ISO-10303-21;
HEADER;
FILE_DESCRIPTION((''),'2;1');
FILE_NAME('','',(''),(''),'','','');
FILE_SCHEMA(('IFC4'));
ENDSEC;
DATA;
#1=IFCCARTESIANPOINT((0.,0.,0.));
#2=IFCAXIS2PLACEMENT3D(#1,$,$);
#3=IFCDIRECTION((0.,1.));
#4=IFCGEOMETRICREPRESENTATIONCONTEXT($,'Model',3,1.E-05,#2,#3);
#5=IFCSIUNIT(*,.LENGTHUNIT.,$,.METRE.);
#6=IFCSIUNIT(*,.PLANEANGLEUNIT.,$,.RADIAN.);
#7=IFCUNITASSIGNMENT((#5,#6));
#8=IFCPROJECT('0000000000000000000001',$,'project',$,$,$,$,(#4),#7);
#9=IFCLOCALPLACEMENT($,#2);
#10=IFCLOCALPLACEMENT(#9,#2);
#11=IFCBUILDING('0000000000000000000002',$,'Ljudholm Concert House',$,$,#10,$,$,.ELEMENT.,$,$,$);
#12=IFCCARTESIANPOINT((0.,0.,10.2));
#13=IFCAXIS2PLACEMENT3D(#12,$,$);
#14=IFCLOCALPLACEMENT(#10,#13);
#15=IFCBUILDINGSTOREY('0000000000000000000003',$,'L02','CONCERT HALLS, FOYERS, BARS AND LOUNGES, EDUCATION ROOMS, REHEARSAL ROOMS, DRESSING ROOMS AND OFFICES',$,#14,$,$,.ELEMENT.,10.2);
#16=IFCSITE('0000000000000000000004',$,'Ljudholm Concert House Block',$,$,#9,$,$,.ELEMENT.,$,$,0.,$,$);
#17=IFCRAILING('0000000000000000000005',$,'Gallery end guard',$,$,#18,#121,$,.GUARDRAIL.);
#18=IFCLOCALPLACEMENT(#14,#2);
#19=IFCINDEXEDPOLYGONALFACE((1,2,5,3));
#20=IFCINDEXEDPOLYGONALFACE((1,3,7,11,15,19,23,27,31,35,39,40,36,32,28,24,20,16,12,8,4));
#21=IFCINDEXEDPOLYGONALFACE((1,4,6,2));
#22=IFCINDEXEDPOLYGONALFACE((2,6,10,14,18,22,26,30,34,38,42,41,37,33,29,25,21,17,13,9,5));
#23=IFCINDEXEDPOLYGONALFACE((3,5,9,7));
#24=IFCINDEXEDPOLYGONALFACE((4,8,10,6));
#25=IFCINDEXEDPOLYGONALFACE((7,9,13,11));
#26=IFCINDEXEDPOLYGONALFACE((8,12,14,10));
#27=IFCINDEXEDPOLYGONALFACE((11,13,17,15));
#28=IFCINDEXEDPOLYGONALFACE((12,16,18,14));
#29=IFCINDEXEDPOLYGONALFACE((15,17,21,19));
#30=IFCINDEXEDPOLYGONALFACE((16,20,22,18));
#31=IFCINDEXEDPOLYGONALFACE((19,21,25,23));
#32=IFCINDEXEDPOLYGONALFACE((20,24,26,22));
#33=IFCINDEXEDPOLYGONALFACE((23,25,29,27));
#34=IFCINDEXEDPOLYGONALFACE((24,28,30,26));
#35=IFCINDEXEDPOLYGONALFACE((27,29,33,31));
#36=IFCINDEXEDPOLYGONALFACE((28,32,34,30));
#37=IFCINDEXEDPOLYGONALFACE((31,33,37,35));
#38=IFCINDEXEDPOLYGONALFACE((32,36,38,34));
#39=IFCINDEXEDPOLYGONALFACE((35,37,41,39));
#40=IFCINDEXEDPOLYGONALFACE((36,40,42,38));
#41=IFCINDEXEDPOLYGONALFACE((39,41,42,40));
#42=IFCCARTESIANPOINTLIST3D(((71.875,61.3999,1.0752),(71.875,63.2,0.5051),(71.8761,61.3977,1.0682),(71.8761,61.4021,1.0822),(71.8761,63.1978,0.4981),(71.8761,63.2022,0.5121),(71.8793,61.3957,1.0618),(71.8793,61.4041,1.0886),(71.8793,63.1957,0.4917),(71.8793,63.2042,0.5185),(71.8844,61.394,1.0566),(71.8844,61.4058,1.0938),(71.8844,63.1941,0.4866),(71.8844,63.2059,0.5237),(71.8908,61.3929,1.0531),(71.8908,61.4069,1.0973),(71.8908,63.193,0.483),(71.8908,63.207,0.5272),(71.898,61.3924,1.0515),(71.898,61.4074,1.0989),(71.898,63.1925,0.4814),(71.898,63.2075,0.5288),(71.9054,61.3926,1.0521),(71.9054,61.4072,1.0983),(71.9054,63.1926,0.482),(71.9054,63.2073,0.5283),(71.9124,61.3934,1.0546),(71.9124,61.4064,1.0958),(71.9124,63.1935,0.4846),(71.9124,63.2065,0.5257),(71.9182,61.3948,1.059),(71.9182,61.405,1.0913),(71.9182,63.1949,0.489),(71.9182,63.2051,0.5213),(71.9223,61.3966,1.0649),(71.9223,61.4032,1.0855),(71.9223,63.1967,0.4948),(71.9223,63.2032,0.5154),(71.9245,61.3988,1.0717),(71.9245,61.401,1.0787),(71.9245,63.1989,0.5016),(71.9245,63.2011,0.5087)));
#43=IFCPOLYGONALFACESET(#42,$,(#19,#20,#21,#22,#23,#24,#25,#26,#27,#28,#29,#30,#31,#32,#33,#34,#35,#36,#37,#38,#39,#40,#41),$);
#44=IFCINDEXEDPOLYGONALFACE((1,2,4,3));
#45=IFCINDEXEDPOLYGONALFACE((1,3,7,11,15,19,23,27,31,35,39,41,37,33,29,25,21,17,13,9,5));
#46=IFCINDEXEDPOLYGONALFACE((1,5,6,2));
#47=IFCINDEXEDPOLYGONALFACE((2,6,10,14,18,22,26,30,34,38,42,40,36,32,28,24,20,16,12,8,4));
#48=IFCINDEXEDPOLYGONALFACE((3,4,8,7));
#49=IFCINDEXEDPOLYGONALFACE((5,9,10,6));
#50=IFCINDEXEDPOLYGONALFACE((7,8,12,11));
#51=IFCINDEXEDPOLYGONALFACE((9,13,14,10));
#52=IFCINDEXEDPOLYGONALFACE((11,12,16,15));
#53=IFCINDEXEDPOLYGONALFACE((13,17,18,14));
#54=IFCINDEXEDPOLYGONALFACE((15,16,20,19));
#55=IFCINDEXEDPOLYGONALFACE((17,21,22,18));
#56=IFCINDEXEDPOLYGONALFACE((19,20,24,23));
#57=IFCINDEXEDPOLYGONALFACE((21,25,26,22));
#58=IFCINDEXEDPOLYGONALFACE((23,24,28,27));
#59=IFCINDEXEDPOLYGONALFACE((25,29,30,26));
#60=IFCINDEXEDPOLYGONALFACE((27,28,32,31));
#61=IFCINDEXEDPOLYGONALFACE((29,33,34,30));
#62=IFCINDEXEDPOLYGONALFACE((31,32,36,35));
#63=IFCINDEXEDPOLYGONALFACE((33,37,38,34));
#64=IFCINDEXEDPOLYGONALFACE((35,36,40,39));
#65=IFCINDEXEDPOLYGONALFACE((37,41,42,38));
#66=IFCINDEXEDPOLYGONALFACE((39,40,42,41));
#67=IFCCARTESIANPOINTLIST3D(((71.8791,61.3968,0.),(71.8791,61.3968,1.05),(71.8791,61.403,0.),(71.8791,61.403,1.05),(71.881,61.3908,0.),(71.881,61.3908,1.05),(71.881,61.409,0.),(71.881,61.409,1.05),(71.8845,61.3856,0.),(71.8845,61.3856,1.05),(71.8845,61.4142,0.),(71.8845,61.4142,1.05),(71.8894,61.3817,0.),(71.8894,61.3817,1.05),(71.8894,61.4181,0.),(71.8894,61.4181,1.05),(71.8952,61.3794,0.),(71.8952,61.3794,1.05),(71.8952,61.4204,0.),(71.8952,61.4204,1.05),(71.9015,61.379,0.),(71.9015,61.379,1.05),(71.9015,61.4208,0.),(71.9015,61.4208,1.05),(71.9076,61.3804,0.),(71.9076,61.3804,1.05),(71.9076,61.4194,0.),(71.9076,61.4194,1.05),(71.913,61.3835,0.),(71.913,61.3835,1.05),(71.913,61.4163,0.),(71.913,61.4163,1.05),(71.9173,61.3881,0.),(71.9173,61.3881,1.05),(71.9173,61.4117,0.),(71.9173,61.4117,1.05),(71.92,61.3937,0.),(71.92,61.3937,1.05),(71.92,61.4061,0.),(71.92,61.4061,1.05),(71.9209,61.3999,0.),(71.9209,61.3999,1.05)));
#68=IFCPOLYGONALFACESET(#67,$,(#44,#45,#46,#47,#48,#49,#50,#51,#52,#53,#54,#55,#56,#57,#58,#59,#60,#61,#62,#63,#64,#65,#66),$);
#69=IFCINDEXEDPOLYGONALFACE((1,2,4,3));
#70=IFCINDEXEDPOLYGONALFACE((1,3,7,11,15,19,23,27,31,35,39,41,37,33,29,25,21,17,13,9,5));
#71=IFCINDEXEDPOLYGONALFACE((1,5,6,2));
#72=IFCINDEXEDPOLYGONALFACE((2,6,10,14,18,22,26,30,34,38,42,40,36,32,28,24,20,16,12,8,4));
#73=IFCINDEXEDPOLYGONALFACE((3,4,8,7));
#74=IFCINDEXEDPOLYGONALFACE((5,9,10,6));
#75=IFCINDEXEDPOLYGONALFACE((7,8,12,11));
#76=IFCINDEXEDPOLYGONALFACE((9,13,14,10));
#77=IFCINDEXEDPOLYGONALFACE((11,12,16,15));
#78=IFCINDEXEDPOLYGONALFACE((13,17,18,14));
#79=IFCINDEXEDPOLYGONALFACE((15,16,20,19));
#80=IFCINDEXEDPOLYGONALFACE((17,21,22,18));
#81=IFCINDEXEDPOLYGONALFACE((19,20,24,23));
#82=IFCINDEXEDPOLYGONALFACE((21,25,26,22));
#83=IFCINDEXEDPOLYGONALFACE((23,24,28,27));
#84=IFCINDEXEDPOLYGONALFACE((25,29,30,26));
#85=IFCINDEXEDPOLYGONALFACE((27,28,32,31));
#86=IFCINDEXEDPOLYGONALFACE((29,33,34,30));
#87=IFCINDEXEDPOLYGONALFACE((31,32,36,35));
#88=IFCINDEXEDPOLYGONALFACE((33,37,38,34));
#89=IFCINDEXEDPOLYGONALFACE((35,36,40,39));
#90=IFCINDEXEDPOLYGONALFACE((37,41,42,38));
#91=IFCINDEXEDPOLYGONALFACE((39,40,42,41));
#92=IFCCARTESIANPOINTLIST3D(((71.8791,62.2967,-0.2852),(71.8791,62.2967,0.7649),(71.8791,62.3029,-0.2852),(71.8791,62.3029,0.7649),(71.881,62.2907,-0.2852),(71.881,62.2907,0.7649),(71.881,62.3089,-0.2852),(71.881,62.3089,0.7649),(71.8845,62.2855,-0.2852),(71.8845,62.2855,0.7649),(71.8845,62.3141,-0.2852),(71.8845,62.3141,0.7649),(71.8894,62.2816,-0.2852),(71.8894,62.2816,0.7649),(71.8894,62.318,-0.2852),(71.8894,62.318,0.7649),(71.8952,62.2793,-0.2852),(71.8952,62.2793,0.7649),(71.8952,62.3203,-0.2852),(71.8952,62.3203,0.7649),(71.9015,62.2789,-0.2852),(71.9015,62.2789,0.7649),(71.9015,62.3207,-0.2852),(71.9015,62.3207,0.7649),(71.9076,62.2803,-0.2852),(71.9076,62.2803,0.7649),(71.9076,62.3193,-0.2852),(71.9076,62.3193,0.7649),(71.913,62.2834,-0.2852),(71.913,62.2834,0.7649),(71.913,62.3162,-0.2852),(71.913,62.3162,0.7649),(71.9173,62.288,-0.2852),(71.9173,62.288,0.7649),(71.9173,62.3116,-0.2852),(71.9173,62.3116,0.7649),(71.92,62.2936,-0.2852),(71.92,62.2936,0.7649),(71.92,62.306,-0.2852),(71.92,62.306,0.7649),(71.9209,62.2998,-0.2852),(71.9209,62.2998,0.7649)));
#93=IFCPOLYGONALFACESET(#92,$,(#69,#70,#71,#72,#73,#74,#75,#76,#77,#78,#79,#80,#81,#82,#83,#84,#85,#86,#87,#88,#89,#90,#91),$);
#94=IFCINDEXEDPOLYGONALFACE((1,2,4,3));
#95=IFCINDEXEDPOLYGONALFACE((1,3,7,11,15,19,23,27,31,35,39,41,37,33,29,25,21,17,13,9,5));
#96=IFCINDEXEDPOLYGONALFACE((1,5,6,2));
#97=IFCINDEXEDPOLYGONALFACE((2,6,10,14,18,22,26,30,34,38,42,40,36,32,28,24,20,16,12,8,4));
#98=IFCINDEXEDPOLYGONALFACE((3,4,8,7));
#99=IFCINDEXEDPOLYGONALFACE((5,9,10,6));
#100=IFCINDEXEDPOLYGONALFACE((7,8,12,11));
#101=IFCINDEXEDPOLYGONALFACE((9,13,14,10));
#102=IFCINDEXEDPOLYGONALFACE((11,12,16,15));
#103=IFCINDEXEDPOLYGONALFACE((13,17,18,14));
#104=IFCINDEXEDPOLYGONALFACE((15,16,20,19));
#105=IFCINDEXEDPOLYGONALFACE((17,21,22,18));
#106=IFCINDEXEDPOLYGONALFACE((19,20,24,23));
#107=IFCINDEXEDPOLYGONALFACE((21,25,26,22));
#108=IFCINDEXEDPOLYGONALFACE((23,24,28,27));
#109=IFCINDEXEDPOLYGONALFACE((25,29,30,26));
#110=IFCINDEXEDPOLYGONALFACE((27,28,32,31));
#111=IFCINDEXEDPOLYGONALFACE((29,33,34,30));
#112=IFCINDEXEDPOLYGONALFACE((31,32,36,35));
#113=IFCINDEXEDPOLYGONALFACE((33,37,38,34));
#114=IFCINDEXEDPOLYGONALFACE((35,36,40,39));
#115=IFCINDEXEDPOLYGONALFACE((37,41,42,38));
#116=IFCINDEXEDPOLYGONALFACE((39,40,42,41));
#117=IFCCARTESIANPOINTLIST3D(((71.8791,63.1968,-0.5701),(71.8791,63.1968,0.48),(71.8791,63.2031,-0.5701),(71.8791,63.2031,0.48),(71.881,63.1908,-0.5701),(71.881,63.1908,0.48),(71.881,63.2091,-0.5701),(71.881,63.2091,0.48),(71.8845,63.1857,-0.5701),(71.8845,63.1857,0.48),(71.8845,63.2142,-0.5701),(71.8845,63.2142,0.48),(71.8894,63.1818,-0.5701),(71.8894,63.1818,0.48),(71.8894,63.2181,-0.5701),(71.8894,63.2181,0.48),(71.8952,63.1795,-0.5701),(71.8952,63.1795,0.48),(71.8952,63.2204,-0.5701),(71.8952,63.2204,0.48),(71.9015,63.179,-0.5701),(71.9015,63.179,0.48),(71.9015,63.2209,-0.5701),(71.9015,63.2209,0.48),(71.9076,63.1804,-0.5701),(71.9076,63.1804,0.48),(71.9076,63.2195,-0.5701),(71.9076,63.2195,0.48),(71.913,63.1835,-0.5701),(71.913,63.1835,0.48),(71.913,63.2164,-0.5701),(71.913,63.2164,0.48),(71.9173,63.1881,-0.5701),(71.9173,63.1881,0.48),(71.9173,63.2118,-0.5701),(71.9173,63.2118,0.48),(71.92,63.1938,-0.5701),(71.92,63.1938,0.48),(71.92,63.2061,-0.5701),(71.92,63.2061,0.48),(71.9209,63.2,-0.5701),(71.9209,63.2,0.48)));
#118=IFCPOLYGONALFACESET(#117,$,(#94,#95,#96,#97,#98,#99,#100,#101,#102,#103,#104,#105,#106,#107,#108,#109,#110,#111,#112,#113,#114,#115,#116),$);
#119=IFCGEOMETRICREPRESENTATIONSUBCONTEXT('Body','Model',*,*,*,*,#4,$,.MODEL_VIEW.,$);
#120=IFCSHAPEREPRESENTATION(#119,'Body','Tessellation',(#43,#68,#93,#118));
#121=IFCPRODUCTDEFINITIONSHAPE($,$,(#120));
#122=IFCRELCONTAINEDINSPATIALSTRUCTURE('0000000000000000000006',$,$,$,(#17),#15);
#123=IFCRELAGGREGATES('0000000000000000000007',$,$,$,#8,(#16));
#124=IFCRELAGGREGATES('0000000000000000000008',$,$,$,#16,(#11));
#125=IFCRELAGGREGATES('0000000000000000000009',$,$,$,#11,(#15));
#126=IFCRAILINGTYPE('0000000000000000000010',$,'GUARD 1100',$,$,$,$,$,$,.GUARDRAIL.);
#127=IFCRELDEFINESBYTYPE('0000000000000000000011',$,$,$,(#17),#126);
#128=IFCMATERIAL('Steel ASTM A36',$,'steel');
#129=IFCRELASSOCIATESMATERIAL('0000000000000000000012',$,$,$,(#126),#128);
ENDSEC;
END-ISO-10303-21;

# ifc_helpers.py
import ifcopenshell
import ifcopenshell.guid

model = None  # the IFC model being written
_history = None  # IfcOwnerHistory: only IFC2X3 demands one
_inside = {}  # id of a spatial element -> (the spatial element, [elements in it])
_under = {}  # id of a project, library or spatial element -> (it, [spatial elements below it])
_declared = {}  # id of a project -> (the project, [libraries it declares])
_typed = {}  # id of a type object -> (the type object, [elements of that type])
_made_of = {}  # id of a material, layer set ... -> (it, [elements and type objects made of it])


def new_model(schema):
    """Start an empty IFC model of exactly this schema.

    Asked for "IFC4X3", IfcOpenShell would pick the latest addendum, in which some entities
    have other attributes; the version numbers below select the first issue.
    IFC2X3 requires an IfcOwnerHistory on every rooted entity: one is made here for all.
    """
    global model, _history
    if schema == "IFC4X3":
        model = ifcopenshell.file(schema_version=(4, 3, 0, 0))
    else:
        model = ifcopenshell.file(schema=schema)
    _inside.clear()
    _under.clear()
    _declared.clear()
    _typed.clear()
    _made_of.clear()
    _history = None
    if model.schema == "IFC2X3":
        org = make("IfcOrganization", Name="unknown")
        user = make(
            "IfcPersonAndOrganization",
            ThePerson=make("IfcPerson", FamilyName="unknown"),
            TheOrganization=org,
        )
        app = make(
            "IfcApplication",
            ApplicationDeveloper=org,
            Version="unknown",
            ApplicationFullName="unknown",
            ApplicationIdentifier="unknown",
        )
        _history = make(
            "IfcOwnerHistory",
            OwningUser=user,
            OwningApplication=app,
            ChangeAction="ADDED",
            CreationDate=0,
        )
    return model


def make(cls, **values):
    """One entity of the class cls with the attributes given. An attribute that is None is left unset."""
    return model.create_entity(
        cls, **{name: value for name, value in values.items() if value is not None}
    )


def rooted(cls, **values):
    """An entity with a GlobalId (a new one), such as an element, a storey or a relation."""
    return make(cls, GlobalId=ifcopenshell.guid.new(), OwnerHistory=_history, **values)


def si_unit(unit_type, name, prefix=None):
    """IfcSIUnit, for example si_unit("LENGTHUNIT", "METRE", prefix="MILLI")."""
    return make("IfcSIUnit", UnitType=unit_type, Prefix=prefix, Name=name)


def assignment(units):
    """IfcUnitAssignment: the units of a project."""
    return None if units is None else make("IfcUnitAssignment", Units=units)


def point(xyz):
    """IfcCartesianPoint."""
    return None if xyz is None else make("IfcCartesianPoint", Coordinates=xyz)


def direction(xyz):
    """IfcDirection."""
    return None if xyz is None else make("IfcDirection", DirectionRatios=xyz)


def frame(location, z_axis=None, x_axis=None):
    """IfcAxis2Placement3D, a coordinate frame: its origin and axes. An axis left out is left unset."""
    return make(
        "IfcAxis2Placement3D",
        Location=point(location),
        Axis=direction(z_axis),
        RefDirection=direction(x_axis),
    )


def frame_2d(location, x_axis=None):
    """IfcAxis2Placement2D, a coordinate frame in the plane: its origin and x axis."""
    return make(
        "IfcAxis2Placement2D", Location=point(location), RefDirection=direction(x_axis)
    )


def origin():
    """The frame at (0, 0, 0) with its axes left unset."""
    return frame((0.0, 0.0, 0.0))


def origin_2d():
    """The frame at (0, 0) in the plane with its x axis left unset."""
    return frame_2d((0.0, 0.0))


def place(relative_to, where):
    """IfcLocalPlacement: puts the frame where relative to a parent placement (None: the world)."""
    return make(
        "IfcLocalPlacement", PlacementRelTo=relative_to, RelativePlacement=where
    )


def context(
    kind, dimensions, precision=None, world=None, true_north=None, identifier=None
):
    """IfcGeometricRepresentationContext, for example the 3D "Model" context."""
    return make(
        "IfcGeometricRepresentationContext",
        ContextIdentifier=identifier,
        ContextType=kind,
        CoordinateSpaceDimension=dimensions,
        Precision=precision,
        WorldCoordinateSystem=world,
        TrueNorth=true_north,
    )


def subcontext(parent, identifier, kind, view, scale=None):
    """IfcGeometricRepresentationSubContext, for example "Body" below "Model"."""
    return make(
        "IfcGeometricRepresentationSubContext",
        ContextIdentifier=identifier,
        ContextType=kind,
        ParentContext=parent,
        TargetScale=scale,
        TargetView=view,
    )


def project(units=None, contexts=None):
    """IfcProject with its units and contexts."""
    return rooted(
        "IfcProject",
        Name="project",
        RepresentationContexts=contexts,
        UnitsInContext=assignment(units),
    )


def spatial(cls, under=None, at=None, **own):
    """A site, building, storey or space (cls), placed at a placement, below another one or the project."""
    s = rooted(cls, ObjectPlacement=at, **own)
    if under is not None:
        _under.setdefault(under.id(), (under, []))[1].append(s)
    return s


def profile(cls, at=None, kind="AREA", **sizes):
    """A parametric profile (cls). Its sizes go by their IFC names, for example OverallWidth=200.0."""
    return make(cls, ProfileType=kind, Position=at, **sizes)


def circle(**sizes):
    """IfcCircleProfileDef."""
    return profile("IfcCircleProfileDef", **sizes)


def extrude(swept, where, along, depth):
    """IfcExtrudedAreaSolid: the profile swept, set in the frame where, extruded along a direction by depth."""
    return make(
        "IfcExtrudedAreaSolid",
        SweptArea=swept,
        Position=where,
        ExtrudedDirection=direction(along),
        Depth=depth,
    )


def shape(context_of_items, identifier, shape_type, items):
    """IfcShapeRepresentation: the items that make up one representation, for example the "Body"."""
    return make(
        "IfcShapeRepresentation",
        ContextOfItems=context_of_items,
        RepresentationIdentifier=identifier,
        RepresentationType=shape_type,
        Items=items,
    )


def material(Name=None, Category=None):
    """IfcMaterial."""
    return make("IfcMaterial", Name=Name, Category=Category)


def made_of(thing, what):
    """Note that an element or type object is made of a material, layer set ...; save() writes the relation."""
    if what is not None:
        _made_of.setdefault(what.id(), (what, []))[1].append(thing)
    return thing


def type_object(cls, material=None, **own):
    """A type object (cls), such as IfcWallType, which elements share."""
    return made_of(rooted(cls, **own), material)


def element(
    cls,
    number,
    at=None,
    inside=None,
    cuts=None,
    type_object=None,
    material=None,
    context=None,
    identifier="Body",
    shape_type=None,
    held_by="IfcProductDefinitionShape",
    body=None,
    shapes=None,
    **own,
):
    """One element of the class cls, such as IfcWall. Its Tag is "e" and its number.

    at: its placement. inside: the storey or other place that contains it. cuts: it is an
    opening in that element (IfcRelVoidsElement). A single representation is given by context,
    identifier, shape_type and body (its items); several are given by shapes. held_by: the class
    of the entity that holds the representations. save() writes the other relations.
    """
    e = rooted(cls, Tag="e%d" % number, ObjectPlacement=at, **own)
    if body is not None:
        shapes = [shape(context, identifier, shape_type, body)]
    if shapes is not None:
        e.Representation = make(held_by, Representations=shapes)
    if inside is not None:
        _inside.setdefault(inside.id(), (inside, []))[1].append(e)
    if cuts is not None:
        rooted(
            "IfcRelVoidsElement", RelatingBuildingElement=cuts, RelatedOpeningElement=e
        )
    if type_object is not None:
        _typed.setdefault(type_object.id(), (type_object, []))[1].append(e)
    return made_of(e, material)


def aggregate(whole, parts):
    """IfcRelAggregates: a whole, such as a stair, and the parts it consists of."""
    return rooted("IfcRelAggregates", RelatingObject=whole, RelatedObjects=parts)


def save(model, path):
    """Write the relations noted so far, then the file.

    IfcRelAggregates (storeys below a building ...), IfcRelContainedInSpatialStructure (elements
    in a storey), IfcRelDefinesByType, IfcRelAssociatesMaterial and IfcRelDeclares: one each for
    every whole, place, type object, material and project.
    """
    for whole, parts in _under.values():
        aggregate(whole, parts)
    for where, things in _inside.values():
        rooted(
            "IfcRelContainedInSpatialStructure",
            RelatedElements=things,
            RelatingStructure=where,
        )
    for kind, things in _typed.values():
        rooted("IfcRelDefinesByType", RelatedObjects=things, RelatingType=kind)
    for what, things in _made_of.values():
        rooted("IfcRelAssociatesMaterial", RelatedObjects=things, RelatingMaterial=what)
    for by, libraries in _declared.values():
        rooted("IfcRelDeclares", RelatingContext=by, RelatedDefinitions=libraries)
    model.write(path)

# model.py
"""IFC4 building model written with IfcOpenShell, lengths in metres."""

from ifc_helpers import new_model, si_unit, direction, frame, origin, origin_2d, place, context, subcontext, project, spatial, circle, extrude, material, type_object, element, save


model = new_model("IFC4")

# Units and contexts
model_context = context("Model", 3, precision=1e-05, world=origin(), true_north=direction((0.0, 1.0)))
body_context = subcontext(model_context, "Body", "Model", "MODEL_VIEW")
ifc_project = project(units=[si_unit("LENGTHUNIT", "METRE"), si_unit("PLANEANGLEUNIT", "RADIAN")], contexts=[model_context])

# Site, building, storey
site_placement = place(None, origin())
site = spatial("IfcSite", under=ifc_project, at=site_placement, Name="Ljudholm Concert House Block", CompositionType="ELEMENT", RefElevation=0.0)
building_placement = place(site_placement, origin())
building = spatial("IfcBuilding", under=site, at=building_placement, Name="Ljudholm Concert House", CompositionType="ELEMENT")
storey_placement = place(building_placement, frame((0.0, 0.0, 10.2)))
storey = spatial("IfcBuildingStorey", under=building, at=storey_placement, Name="L02", Description="CONCERT HALLS, FOYERS, BARS AND LOUNGES, EDUCATION ROOMS, REHEARSAL ROOMS, DRESSING ROOMS AND OFFICES", CompositionType="ELEMENT", Elevation=10.2)

# Railing
ifc_material_1 = material(Name="Steel ASTM A36", Category="steel")
railing_type = type_object("IfcRailingType", Name="GUARD 1100", PredefinedType="GUARDRAIL", material=ifc_material_1)
for number, where, name in (
    (1, (71.8999, 61.3999, 0.0), "Gallery end guard"),
):
    element("IfcRailing", number, at=place(storey_placement, frame(where)), inside=storey, type_object=railing_type, Name=name, PredefinedType="GUARDRAIL", context=body_context, shape_type="SweptSolid", body=[
        extrude(circle(Radius=0.0249, at=origin_2d()), frame((0.0, 0.0, 1.0752), z_axis=(0.0, 0.953334, -0.301917), x_axis=(-1.0, 0.0, 0.0)), (0.0, 0.0, 1.0), 1.8882),
        extrude(circle(Radius=0.021, at=origin_2d()), origin(), (0.0, 0.0, 1.0), 1.05),
        extrude(circle(Radius=0.021, at=origin_2d()), frame((0.0, 0.8999, -0.2852)), (0.0, 0.0, 1.0), 1.05),
        extrude(circle(Radius=0.021, at=origin_2d()), frame((0.0, 1.8, -0.5701)), (0.0, 0.0, 1.0), 1.05),
    ])

save(model, "model.ifc")
